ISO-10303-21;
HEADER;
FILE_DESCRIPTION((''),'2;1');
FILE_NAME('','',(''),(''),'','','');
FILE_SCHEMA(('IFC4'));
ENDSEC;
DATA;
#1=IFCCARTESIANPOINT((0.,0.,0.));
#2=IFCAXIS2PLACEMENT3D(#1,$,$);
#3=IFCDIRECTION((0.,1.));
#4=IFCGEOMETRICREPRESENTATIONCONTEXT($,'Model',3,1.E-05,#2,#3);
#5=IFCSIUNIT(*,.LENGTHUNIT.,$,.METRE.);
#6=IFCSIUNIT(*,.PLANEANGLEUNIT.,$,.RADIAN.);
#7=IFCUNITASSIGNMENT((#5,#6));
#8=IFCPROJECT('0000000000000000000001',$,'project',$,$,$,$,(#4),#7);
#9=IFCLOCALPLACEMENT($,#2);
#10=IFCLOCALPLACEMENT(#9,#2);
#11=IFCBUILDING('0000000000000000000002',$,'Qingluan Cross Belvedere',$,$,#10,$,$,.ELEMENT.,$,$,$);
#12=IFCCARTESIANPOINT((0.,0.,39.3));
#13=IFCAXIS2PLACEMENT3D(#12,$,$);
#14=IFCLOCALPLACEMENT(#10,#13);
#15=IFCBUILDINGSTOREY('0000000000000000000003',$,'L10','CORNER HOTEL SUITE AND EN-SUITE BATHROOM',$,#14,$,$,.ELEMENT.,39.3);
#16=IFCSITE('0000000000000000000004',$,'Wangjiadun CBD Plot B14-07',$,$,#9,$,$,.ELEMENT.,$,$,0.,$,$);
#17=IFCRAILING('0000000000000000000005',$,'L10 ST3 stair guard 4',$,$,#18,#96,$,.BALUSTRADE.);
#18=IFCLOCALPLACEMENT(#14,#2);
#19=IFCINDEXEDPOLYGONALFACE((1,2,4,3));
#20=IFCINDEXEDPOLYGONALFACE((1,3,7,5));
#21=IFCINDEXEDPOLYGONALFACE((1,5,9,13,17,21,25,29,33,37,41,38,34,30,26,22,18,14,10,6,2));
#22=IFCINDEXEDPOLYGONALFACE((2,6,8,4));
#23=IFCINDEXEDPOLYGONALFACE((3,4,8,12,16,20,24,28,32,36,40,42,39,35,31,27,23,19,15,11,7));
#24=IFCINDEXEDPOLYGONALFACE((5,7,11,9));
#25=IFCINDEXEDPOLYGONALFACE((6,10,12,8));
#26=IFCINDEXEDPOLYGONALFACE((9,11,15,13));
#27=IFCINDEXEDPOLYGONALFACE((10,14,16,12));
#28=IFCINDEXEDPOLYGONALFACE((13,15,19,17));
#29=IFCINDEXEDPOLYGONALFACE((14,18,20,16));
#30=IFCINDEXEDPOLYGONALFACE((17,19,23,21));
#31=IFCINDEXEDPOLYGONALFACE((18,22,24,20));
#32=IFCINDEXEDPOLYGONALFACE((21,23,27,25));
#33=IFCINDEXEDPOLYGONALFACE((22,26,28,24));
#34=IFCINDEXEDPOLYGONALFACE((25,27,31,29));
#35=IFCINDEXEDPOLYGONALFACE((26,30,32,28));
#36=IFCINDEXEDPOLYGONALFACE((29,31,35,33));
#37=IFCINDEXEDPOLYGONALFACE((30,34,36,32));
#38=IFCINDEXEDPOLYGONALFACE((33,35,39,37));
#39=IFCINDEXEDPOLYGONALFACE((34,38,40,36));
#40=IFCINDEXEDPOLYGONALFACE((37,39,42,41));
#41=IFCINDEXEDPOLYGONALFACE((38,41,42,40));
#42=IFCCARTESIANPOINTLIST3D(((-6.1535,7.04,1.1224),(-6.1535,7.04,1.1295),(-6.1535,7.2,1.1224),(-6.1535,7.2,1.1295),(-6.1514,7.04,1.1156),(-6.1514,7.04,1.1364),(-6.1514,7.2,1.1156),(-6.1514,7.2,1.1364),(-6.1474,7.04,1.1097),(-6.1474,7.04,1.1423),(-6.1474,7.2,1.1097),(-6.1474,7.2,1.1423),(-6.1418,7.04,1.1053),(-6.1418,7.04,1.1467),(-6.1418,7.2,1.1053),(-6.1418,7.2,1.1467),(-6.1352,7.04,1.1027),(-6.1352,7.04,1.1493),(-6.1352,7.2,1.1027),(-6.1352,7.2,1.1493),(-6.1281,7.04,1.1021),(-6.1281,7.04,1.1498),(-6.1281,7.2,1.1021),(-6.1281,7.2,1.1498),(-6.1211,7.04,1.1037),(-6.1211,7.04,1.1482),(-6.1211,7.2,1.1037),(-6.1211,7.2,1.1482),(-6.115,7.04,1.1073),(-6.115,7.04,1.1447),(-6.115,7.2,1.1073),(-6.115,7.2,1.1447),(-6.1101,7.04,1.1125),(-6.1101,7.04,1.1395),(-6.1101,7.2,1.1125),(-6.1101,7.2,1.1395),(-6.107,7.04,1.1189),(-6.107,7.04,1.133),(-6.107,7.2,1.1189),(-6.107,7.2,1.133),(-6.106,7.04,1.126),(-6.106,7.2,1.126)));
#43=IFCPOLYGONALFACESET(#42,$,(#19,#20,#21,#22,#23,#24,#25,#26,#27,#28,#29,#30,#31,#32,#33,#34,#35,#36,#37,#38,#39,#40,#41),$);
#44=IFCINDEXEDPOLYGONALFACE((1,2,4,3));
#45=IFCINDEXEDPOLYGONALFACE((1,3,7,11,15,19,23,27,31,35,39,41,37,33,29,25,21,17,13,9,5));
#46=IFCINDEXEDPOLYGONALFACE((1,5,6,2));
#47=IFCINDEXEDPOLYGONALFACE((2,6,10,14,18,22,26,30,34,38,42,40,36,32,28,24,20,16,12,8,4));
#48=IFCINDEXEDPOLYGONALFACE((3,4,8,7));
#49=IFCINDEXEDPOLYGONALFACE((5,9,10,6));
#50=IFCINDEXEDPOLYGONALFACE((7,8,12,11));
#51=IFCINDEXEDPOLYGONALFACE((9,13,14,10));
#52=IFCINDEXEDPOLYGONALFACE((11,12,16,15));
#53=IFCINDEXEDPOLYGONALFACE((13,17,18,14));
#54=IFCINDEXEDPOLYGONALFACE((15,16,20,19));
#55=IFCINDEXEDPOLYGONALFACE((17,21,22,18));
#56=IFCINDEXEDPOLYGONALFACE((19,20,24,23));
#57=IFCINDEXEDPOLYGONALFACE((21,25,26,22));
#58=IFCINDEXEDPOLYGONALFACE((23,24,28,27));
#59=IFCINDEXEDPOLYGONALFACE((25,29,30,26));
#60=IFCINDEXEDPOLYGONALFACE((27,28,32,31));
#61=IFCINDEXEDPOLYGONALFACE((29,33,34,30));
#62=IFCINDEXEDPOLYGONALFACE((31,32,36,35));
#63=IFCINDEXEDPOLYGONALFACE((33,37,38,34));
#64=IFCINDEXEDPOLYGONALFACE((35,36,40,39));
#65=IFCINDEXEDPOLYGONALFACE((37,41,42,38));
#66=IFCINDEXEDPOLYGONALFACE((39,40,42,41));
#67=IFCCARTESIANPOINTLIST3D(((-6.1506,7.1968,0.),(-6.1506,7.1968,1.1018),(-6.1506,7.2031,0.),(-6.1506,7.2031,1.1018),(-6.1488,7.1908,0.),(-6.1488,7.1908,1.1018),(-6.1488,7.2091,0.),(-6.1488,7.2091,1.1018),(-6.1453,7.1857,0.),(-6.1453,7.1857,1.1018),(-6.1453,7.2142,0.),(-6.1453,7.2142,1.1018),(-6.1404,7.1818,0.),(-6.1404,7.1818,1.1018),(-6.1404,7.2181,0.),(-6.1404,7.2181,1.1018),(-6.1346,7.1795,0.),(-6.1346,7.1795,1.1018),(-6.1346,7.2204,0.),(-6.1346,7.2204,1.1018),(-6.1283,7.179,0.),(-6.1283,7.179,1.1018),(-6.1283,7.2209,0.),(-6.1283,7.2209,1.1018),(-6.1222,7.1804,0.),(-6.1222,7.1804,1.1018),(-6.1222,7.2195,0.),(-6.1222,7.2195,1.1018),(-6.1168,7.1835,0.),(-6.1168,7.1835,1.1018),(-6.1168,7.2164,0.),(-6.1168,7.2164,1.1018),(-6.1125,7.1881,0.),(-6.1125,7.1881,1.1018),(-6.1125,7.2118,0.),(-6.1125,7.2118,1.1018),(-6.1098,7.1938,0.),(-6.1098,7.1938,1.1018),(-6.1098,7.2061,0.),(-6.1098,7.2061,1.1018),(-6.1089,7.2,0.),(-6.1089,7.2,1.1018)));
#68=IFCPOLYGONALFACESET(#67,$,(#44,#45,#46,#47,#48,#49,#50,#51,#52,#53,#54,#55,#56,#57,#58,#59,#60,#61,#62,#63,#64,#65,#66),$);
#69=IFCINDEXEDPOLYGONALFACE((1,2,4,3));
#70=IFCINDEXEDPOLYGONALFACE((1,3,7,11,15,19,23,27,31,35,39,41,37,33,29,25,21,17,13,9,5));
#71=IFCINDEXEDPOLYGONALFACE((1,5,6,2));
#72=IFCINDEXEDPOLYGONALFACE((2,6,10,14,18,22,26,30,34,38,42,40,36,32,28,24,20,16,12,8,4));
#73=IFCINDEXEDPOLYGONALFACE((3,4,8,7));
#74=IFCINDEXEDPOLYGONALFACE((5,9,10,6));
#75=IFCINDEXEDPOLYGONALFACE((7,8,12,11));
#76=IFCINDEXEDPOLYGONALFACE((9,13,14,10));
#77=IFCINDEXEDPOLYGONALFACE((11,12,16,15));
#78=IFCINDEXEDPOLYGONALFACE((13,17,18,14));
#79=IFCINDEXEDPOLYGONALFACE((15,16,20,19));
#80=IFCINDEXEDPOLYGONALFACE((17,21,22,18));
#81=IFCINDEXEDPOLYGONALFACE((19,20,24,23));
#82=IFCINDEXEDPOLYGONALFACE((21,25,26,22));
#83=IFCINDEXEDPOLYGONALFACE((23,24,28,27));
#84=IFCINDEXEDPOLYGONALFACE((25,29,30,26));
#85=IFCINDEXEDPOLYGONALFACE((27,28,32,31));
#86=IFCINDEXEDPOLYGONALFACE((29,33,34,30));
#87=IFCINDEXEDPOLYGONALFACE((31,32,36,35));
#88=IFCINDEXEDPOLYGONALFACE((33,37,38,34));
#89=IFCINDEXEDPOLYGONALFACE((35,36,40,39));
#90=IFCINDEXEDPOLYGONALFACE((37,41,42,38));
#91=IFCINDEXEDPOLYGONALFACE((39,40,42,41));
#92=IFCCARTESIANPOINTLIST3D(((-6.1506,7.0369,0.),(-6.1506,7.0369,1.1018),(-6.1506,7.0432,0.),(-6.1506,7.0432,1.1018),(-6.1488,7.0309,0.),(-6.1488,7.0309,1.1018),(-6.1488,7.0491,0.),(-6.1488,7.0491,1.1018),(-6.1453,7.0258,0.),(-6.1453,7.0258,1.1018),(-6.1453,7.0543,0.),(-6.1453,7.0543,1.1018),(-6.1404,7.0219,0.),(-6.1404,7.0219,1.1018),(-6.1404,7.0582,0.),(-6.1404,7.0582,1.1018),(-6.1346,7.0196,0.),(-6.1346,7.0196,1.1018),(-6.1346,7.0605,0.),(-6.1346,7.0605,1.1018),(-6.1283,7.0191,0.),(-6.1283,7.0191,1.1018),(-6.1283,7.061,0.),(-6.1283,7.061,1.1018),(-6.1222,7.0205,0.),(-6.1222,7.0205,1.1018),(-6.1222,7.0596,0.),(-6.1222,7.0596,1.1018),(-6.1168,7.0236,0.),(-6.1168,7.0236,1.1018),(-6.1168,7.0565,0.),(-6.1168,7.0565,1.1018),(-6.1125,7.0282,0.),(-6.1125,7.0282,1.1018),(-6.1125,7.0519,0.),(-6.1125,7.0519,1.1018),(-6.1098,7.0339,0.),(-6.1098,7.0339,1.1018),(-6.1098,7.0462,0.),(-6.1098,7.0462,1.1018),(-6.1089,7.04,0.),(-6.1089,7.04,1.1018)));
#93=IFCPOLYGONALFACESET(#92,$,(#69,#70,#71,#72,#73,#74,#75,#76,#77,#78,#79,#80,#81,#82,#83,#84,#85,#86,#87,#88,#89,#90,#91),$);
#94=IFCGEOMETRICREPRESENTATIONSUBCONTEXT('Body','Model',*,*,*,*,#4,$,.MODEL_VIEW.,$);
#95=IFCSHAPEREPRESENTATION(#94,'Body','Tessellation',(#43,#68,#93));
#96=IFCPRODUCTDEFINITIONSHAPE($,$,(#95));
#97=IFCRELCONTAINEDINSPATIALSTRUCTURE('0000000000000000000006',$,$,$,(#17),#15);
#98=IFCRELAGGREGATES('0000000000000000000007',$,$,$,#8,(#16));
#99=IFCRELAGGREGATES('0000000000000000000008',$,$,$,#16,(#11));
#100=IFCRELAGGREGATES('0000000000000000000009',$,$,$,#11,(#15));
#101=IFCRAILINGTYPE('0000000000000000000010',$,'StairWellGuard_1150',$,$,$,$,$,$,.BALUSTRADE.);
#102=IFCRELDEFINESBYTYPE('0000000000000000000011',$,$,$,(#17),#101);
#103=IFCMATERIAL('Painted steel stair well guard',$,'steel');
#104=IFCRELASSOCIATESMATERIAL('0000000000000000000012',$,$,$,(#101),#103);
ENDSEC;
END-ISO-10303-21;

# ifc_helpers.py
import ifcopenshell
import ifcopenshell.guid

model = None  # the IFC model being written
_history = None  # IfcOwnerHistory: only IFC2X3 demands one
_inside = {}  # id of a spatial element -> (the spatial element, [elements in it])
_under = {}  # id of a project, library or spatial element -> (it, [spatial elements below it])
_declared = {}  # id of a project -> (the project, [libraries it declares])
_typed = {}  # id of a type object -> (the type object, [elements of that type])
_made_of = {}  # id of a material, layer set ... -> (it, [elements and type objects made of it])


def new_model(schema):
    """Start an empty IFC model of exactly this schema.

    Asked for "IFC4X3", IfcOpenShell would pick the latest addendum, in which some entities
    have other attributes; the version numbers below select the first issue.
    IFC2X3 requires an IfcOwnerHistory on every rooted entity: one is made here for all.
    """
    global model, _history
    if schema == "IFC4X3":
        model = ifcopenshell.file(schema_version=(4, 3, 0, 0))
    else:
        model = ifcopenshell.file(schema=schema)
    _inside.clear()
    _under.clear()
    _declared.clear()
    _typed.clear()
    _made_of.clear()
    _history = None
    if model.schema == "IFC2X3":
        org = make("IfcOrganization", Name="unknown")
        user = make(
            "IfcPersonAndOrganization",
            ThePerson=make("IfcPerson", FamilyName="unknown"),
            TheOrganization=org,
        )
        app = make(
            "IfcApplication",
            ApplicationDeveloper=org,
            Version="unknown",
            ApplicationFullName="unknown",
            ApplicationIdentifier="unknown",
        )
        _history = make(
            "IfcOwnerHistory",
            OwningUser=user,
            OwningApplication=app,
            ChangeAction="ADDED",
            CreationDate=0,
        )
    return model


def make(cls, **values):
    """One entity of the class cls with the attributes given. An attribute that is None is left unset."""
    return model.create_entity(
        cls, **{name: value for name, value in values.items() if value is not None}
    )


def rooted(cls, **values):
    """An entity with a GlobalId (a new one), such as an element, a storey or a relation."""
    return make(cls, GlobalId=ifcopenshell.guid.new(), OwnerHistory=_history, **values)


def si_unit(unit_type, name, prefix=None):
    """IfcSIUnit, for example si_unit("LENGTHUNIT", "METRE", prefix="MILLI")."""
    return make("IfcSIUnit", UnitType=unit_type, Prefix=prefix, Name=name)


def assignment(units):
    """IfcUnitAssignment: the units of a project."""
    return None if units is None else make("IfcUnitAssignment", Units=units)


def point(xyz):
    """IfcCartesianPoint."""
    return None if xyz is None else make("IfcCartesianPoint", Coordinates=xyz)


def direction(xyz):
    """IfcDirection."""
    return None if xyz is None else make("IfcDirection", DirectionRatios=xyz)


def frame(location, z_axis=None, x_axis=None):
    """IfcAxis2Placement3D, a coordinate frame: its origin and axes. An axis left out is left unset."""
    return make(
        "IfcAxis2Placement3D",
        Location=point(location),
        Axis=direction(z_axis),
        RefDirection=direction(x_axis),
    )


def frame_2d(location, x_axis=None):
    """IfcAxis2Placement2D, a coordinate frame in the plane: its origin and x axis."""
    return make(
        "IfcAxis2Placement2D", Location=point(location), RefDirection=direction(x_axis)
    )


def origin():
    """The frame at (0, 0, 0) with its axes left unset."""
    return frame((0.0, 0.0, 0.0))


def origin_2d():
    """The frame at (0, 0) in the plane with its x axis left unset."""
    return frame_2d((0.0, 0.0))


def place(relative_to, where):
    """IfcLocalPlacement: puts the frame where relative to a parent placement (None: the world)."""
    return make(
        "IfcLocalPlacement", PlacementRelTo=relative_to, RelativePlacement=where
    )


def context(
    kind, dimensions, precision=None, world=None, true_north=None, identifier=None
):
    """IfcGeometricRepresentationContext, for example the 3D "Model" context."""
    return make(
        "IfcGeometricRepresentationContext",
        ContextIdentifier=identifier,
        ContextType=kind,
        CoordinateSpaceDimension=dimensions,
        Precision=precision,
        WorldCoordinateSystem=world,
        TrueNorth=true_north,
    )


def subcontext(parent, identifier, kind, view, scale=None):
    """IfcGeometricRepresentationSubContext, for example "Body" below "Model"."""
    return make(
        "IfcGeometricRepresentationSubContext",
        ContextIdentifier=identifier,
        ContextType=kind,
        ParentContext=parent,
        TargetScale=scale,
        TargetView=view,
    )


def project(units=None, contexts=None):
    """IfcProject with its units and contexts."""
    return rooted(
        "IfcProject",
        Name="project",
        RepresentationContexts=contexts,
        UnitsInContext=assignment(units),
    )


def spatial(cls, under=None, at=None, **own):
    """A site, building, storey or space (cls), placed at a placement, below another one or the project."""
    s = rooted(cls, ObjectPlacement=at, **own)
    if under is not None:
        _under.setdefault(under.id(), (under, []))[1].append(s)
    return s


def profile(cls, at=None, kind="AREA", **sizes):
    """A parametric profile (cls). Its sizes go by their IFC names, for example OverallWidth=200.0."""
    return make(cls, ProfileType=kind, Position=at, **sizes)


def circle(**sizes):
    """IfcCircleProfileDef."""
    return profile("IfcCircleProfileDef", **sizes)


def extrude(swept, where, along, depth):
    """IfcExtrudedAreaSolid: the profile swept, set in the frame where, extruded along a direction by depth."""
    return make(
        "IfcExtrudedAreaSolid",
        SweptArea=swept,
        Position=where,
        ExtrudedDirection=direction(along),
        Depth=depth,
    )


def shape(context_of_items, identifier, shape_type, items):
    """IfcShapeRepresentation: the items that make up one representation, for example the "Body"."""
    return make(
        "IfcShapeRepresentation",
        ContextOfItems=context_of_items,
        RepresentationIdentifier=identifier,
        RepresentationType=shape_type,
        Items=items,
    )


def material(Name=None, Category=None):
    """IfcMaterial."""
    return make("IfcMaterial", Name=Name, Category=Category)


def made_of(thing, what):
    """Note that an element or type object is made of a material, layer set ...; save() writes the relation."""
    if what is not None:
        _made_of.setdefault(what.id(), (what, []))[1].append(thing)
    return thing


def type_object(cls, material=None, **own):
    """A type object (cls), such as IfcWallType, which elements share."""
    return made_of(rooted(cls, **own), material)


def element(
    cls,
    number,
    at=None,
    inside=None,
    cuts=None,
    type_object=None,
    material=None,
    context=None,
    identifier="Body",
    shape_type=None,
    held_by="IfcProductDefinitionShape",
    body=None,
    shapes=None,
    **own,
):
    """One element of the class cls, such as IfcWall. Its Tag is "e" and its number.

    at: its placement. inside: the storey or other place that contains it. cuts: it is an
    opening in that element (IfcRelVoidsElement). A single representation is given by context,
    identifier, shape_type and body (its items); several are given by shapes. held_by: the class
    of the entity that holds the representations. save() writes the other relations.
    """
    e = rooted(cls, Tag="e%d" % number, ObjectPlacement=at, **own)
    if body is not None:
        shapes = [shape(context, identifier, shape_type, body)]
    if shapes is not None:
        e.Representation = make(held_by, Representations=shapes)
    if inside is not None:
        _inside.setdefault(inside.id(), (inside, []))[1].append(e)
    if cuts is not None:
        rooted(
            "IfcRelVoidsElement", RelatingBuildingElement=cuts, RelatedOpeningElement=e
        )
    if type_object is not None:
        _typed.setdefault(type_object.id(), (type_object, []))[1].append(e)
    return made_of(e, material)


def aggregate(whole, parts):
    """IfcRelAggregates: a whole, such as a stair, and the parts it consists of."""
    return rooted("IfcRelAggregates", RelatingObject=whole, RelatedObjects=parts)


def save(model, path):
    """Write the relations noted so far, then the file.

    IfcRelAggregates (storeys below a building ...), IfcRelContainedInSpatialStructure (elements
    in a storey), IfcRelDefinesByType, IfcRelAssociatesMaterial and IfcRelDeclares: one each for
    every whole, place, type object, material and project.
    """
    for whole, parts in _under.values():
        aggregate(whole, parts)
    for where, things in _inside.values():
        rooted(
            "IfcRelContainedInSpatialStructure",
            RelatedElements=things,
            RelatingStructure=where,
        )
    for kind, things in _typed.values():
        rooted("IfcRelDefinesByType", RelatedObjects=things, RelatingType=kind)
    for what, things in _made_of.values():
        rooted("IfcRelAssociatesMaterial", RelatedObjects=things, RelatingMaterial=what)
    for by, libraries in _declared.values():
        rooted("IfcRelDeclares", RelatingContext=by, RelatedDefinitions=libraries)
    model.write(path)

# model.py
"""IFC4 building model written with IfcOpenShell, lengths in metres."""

from ifc_helpers import new_model, si_unit, direction, frame, origin, origin_2d, place, context, subcontext, project, spatial, circle, extrude, material, type_object, element, save


model = new_model("IFC4")

# Units and contexts
model_context = context("Model", 3, precision=1e-05, world=origin(), true_north=direction((0.0, 1.0)))
body_context = subcontext(model_context, "Body", "Model", "MODEL_VIEW")
ifc_project = project(units=[si_unit("LENGTHUNIT", "METRE"), si_unit("PLANEANGLEUNIT", "RADIAN")], contexts=[model_context])

# Site, building, storey
site_placement = place(None, origin())
site = spatial("IfcSite", under=ifc_project, at=site_placement, Name="Wangjiadun CBD Plot B14-07", CompositionType="ELEMENT", RefElevation=0.0)
building_placement = place(site_placement, origin())
building = spatial("IfcBuilding", under=site, at=building_placement, Name="Qingluan Cross Belvedere", CompositionType="ELEMENT")
storey_placement = place(building_placement, frame((0.0, 0.0, 39.3)))
storey = spatial("IfcBuildingStorey", under=building, at=storey_placement, Name="L10", Description="CORNER HOTEL SUITE AND EN-SUITE BATHROOM", CompositionType="ELEMENT", Elevation=39.3)

# Railing
ifc_material_1 = material(Name="Painted steel stair well guard", Category="steel")
railing_type_1 = type_object("IfcRailingType", Name="StairWellGuard_1150", PredefinedType="BALUSTRADE", material=ifc_material_1)
railing_1_placement = place(storey_placement, frame((-6.1299, 7.2, 0.0)))
element("IfcRailing", 1, at=railing_1_placement, inside=storey, type_object=railing_type_1, Name="L10 ST3 stair guard 4", PredefinedType="BALUSTRADE", context=body_context, shape_type="SweptSolid", body=[
    extrude(circle(Radius=0.0239, at=origin_2d()), frame((0.0, 0.0, 1.126), z_axis=(0.0, -1.0, 0.0), x_axis=(1.0, 0.0, 0.0)), (0.0, 0.0, 1.0), 0.1599),
    extrude(circle(Radius=0.021, at=origin_2d()), origin(), (0.0, 0.0, 1.0), 1.1018),
    extrude(circle(Radius=0.021, at=origin_2d()), frame((0.0, -0.1599, 0.0)), (0.0, 0.0, 1.0), 1.1018),
])

save(model, "model.ifc")
